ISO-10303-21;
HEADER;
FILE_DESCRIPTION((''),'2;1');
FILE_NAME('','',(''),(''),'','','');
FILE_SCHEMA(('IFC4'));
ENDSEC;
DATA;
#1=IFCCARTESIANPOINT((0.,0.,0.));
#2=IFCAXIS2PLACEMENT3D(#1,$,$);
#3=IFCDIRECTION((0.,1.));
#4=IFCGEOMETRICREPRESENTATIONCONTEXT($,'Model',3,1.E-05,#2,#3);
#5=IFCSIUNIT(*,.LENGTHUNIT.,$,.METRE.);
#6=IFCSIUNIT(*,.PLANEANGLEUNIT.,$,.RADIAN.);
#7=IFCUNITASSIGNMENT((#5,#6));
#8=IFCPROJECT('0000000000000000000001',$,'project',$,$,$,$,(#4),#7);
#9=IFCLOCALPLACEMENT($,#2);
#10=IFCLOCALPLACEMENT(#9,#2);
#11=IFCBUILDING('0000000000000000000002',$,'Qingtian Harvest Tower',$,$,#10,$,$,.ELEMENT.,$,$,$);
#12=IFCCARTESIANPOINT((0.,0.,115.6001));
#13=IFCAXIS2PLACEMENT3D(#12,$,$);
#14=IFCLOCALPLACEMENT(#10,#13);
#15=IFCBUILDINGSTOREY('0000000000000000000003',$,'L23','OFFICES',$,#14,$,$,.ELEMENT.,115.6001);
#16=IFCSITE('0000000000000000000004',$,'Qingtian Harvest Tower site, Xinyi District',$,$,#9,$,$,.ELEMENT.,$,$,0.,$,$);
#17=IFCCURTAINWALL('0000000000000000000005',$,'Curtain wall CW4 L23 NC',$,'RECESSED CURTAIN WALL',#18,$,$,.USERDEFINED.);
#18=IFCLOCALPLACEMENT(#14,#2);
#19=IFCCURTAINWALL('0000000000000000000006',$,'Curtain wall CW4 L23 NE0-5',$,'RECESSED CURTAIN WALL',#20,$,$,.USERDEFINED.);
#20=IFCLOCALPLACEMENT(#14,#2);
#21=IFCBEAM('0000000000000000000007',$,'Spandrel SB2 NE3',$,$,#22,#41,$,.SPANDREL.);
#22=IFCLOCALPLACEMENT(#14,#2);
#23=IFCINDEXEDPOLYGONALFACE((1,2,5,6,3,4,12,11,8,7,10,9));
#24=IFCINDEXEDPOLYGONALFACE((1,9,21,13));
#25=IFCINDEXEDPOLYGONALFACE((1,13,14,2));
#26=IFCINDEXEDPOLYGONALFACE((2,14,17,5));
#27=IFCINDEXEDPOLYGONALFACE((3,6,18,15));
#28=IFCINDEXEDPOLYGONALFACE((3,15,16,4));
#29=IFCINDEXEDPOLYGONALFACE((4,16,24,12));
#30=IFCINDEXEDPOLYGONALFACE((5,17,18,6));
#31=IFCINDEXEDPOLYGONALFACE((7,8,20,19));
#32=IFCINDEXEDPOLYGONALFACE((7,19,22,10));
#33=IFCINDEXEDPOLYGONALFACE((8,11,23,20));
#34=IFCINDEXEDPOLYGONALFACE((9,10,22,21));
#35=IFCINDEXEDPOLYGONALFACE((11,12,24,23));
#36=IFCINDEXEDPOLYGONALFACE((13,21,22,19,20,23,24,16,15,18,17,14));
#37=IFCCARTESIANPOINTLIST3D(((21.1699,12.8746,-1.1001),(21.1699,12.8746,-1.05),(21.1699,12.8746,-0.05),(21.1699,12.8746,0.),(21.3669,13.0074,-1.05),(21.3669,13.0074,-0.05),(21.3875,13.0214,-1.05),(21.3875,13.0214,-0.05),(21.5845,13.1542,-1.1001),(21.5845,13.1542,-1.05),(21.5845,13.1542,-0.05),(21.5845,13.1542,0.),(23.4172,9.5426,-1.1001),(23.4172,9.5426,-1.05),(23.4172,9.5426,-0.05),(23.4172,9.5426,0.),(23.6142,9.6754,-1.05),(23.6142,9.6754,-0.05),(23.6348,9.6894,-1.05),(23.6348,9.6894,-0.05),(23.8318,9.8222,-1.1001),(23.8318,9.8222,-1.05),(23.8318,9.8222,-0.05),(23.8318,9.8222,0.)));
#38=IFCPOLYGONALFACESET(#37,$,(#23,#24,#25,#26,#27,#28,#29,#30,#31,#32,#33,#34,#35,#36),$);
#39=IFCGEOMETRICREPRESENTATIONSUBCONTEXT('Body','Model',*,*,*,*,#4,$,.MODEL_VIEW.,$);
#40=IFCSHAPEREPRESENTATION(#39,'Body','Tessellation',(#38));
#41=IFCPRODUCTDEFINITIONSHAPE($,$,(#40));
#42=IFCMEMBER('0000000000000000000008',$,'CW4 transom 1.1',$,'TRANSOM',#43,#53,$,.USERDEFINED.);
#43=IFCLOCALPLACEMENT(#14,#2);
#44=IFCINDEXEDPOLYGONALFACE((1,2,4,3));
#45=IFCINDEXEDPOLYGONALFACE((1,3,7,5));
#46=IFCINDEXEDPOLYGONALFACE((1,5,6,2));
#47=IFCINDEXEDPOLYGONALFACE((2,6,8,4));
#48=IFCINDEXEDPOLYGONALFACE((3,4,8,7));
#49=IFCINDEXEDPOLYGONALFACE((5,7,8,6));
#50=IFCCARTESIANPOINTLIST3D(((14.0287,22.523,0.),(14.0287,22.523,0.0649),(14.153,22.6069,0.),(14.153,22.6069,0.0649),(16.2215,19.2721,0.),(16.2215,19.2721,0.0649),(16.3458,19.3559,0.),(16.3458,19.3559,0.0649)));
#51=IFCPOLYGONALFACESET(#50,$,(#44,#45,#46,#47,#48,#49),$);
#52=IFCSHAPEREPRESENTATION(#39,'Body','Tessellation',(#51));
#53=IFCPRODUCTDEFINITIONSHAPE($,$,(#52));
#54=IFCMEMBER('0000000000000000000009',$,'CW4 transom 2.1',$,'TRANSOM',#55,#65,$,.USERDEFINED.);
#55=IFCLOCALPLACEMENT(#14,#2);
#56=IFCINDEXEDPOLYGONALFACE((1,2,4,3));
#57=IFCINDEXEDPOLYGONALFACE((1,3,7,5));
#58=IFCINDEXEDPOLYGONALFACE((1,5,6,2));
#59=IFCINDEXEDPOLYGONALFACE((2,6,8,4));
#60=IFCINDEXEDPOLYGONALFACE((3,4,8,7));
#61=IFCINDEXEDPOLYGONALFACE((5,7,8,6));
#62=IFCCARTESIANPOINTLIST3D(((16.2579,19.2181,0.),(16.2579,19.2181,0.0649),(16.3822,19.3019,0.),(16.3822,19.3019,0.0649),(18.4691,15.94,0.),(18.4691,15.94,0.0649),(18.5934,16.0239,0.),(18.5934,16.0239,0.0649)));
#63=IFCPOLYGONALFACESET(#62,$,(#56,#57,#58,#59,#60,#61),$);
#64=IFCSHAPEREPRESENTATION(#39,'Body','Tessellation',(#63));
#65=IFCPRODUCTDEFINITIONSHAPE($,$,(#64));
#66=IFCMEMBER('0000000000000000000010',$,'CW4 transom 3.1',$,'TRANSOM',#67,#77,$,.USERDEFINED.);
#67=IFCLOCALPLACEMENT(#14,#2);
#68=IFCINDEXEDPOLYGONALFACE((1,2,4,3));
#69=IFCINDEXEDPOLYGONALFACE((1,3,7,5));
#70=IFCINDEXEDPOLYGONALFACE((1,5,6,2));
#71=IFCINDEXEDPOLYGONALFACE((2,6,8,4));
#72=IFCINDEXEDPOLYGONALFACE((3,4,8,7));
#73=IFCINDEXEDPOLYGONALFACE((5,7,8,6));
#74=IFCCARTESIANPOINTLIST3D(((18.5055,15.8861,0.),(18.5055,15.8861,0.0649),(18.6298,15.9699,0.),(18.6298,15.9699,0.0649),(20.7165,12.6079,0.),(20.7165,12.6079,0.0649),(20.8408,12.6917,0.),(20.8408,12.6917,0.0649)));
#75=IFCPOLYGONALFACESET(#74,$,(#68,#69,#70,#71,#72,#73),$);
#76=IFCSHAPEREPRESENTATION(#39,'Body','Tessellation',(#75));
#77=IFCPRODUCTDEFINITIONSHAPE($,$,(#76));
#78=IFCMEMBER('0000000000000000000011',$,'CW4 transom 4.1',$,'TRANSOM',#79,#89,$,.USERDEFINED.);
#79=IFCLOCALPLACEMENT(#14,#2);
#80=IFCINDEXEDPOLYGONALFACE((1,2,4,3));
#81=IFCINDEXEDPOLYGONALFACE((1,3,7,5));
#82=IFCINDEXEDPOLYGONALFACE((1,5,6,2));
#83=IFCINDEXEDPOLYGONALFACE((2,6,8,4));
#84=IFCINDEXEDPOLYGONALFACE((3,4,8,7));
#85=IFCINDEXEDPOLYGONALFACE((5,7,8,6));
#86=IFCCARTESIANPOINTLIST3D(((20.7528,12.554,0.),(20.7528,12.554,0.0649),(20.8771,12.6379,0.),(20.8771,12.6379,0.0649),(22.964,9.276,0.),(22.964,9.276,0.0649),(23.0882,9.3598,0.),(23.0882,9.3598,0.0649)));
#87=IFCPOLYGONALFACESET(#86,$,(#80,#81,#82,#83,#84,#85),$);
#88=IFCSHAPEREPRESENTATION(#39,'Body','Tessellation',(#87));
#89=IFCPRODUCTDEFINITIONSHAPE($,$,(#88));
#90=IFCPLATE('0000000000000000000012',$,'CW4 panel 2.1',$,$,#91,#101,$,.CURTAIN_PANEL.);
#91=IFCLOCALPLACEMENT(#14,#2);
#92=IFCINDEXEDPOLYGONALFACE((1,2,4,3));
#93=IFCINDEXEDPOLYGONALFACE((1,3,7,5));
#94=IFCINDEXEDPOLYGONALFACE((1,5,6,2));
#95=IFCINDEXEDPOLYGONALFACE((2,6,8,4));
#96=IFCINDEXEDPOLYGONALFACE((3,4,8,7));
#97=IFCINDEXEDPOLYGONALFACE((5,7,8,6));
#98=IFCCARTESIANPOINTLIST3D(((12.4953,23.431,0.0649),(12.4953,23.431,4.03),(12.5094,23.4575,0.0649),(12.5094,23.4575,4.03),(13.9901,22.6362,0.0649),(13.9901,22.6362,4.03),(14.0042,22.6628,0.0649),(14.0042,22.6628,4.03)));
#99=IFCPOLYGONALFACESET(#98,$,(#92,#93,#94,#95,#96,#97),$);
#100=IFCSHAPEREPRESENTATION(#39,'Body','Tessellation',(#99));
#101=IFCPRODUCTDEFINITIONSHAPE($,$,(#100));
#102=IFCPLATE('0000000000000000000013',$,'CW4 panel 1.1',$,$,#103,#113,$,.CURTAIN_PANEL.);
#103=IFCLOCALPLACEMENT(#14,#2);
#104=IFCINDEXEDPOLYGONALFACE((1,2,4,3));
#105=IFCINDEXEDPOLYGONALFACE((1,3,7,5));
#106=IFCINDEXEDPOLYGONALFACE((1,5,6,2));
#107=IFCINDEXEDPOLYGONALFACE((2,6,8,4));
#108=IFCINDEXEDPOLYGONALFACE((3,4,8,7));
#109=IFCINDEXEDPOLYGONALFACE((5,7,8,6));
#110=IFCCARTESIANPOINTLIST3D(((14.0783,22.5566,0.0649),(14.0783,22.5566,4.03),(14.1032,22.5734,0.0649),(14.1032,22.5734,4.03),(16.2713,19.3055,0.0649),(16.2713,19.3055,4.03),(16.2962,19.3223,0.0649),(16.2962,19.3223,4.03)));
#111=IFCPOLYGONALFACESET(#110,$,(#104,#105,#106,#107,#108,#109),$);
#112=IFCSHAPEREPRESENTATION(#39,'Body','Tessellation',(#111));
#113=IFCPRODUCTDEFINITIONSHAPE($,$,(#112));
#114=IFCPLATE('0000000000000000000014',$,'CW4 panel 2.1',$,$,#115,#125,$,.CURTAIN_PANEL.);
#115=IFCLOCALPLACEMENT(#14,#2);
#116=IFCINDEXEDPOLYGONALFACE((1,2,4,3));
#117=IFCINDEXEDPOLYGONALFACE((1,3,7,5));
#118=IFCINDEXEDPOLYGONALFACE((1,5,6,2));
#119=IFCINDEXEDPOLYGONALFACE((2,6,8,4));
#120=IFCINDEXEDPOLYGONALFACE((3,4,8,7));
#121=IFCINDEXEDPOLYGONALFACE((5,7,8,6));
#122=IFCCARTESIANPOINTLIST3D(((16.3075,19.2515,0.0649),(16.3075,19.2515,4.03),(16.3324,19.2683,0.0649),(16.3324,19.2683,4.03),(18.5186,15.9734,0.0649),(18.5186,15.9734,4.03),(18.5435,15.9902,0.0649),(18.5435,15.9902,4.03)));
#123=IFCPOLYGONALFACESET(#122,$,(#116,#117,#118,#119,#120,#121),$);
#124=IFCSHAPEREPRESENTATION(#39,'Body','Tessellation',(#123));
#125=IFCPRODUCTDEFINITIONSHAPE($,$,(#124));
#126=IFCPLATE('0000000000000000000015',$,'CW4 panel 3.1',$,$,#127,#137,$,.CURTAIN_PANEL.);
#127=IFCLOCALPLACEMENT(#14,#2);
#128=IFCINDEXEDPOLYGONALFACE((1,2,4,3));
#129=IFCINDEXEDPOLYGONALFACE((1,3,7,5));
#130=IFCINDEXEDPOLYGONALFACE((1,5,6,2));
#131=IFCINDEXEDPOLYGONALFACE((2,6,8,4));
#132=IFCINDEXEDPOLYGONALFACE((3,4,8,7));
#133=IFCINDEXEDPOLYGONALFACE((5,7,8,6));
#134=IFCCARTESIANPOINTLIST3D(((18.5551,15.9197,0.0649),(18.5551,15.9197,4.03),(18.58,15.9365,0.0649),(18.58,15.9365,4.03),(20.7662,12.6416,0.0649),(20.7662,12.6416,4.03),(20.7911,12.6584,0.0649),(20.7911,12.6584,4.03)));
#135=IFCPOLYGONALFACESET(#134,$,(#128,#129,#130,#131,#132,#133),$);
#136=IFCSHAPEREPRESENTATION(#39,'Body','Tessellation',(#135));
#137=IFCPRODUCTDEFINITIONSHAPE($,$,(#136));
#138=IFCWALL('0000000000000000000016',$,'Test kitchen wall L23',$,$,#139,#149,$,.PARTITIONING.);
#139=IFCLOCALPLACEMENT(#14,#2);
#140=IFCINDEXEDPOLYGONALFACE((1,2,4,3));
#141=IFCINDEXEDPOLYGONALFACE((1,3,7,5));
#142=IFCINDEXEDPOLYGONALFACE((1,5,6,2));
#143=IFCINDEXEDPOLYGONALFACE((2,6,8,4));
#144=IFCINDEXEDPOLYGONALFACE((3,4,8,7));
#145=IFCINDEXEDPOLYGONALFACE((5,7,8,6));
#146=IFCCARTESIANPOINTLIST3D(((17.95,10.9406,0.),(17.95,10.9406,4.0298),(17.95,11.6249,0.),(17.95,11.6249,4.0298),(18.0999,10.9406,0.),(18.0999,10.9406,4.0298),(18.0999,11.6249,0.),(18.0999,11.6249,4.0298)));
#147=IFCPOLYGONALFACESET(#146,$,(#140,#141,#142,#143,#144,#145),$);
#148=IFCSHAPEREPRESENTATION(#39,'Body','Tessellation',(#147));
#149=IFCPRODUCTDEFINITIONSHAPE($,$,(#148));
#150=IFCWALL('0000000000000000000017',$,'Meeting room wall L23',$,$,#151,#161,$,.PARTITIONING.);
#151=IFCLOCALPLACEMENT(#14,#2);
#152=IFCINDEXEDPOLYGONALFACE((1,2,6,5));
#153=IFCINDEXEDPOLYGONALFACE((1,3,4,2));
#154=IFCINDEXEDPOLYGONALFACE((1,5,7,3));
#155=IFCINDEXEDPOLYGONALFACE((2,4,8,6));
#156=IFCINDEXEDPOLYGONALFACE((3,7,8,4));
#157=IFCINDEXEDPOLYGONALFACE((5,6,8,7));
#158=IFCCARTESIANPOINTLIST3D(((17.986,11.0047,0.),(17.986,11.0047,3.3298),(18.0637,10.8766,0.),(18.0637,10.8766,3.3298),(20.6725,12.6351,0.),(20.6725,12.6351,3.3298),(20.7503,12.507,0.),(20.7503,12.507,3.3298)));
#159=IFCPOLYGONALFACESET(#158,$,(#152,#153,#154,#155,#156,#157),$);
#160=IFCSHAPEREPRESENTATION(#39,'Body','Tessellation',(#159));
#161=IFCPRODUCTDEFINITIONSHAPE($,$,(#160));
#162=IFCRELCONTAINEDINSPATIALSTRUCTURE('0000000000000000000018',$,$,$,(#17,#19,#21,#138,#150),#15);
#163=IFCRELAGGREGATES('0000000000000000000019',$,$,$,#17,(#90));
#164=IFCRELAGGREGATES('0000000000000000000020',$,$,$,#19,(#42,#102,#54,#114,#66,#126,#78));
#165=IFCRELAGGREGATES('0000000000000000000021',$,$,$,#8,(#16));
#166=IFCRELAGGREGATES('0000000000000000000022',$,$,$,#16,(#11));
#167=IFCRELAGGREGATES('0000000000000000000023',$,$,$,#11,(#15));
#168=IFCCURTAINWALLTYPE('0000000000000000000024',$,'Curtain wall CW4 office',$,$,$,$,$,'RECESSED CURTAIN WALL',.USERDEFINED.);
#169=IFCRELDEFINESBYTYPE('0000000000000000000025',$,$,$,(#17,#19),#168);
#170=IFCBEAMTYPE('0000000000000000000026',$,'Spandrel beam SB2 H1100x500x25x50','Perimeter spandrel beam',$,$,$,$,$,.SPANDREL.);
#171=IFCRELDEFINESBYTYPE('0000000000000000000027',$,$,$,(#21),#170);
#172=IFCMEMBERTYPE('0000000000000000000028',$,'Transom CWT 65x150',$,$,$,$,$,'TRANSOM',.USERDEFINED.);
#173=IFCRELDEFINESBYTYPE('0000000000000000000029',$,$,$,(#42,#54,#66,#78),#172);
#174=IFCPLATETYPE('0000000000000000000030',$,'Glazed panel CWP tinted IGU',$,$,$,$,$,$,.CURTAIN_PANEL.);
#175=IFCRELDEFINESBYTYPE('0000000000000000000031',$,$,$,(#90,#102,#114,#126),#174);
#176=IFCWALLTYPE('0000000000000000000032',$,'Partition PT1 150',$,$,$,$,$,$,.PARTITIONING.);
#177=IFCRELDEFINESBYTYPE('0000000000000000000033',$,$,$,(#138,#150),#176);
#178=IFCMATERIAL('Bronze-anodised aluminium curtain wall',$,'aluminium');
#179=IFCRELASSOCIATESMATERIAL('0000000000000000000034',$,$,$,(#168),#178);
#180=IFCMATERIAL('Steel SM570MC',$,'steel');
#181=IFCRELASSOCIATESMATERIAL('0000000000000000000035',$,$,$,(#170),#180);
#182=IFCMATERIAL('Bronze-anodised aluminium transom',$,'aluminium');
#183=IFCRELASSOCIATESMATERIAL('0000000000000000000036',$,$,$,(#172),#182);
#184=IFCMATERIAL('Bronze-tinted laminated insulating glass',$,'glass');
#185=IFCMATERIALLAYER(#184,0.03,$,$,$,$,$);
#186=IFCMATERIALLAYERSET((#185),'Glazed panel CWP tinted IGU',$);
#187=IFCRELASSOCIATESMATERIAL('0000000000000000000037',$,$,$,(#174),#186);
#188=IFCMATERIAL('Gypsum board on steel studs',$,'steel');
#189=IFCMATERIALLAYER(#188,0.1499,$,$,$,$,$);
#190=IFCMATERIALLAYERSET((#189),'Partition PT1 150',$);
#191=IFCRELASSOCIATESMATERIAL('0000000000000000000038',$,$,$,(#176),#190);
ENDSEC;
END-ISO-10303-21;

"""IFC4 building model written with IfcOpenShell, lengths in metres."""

from ifc_helpers import new_model, si_unit, direction, frame, frame_2d, origin, origin_2d, place, context, subcontext, project, spatial, rectangle, i_section, extrude, material, layer, layer_set, material_profile, profile_set, type_object, element, aggregate, save


model = new_model("IFC4")

# Units and contexts
model_context = context("Model", 3, precision=1e-05, world=origin(), true_north=direction((0.0, 1.0)))
body_context = subcontext(model_context, "Body", "Model", "MODEL_VIEW")
ifc_project = project(units=[si_unit("LENGTHUNIT", "METRE"), si_unit("PLANEANGLEUNIT", "RADIAN")], contexts=[model_context])

# Site, building, storey
site_placement = place(None, origin())
site = spatial("IfcSite", under=ifc_project, at=site_placement, Name="Qingtian Harvest Tower site, Xinyi District", CompositionType="ELEMENT", RefElevation=0.0)
building_placement = place(site_placement, origin())
building = spatial("IfcBuilding", under=site, at=building_placement, Name="Qingtian Harvest Tower", CompositionType="ELEMENT")
storey_placement = place(building_placement, frame((0.0, 0.0, 115.6001)))
storey = spatial("IfcBuildingStorey", under=building, at=storey_placement, Name="L23", Description="OFFICES", CompositionType="ELEMENT", Elevation=115.6001)

# Curtain wall
ifc_material_1 = material(Name="Bronze-anodised aluminium curtain wall", Category="aluminium")
curtain_wall_type = type_object("IfcCurtainWallType", Name="Curtain wall CW4 office", ElementType="RECESSED CURTAIN WALL", PredefinedType="USERDEFINED", material=ifc_material_1)
curtain_wall_1_placement = place(storey_placement, origin())
curtain_wall_1 = element("IfcCurtainWall", 1, at=curtain_wall_1_placement, inside=storey, type_object=curtain_wall_type, Name="Curtain wall CW4 L23 NC", ObjectType="RECESSED CURTAIN WALL", PredefinedType="USERDEFINED")

# Curtain wall
curtain_wall_2_placement = place(storey_placement, origin())
curtain_wall_2 = element("IfcCurtainWall", 2, at=curtain_wall_2_placement, inside=storey, type_object=curtain_wall_type, Name="Curtain wall CW4 L23 NE0-5", ObjectType="RECESSED CURTAIN WALL", PredefinedType="USERDEFINED")

# Beam
ifc_material_2 = material(Name="Steel SM570MC", Category="steel")
ifc_material_profile_1 = material_profile(ifc_material_2, i_section(OverallWidth=0.5, OverallDepth=1.1001, WebThickness=0.0249, FlangeThickness=0.05, at=origin_2d()), Name="H1100x500x25x50")
ifc_profile_set_1 = profile_set([ifc_material_profile_1], Name="Steel SM570MC")
beam_type_1 = type_object("IfcBeamType", Name="Spandrel beam SB2 H1100x500x25x50", Description="Perimeter spandrel beam", PredefinedType="SPANDREL", material=ifc_profile_set_1)
beam_1_placement = place(storey_placement, frame((21.3772, 13.0144, -0.55), z_axis=(0.559164, -0.829057, 0.0), x_axis=(0.829057, 0.559164, 0.0)))
element("IfcBeam", 3, at=beam_1_placement, inside=storey, type_object=beam_type_1, Name="Spandrel SB2 NE3", PredefinedType="SPANDREL", context=body_context, shape_type="SweptSolid", body=[
    extrude(i_section(OverallWidth=0.5, OverallDepth=1.1001, WebThickness=0.0249, FlangeThickness=0.05, at=origin_2d()), origin(), (0.0, 0.0, 1.0), 4.019),
])

# Members
ifc_material_3 = material(Name="Bronze-anodised aluminium transom", Category="aluminium")
ifc_material_profile_2 = material_profile(ifc_material_3, rectangle(XDim=0.1499, YDim=0.0649, at=origin_2d()), Name="AL 65x150")
ifc_profile_set_2 = profile_set([ifc_material_profile_2], Name="Bronze-anodised aluminium transom")
member_type_1 = type_object("IfcMemberType", Name="Transom CWT 65x150", ElementType="TRANSOM", PredefinedType="USERDEFINED", material=ifc_profile_set_2)
member_1_placement = place(storey_placement, frame((14.0908, 22.5649, 0.0325), z_axis=(0.559203, -0.829031, 0.0), x_axis=(0.829031, 0.559203, 0.0)))
member_1 = element("IfcMember", 4, at=member_1_placement, type_object=member_type_1, Name="CW4 transom 1.1", ObjectType="TRANSOM", PredefinedType="USERDEFINED", context=body_context, shape_type="SweptSolid", body=[
    extrude(rectangle(XDim=0.1499, YDim=0.0649, at=origin_2d()), origin(), (0.0, 0.0, 1.0), 3.9214),
])
member_2_placement = place(storey_placement, frame((16.3201, 19.26, 0.0325), z_axis=(0.559209, -0.829027, 0.0), x_axis=(0.829027, 0.559209, 0.0)))
member_2 = element("IfcMember", 5, at=member_2_placement, type_object=member_type_1, Name="CW4 transom 2.1", ObjectType="TRANSOM", PredefinedType="USERDEFINED", context=body_context, shape_type="SweptSolid", body=[
    extrude(rectangle(XDim=0.1499, YDim=0.0649, at=origin_2d()), origin(), (0.0, 0.0, 1.0), 3.9541),
])
member_3_placement = place(storey_placement, frame((18.5676, 15.928, 0.0325), z_axis=(0.559166, -0.829055, 0.0), x_axis=(0.829055, 0.559166, 0.0)))
member_3 = element("IfcMember", 6, at=member_3_placement, type_object=member_type_1, Name="CW4 transom 3.1", ObjectType="TRANSOM", PredefinedType="USERDEFINED", context=body_context, shape_type="SweptSolid", body=[
    extrude(rectangle(XDim=0.1499, YDim=0.0649, at=origin_2d()), origin(), (0.0, 0.0, 1.0), 3.9541),
])
member_4_placement = place(storey_placement, frame((20.8149, 12.5959, 0.0325), z_axis=(0.559209, -0.829027, 0.0), x_axis=(0.829027, 0.559209, 0.0)))
member_4 = element("IfcMember", 7, at=member_4_placement, type_object=member_type_1, Name="CW4 transom 4.1", ObjectType="TRANSOM", PredefinedType="USERDEFINED", context=body_context, shape_type="SweptSolid", body=[
    extrude(rectangle(XDim=0.1499, YDim=0.0649, at=origin_2d()), origin(), (0.0, 0.0, 1.0), 3.9541),
])

# Plates
ifc_material_4 = material(Name="Bronze-tinted laminated insulating glass", Category="glass")
ifc_layer_1 = layer(ifc_material_4, 0.03)
ifc_layer_set_1 = layer_set([ifc_layer_1], Name="Glazed panel CWP tinted IGU")
plate_type = type_object("IfcPlateType", Name="Glazed panel CWP tinted IGU", PredefinedType="CURTAIN_PANEL", material=ifc_layer_set_1)
plate_1_placement = place(storey_placement, frame((13.2498, 23.0469, 0.0649), z_axis=(0.0, 0.0, 1.0), x_axis=(0.882948, -0.469472, 0.0)))
plate_1 = element("IfcPlate", 8, at=plate_1_placement, type_object=plate_type, Name="CW4 panel 2.1", PredefinedType="CURTAIN_PANEL", context=body_context, shape_type="SweptSolid", body=[
    extrude(rectangle(XDim=1.6929, YDim=0.03, at=origin_2d()), origin(), (0.0, 0.0, 1.0), 3.9651),
])
aggregate(curtain_wall_1, [plate_1])
plate_2_placement = place(storey_placement, frame((15.1873, 20.9395, 0.0649), z_axis=(0.0, 0.0, 1.0), x_axis=(0.559193, -0.829038, 0.0)))
plate_2 = element("IfcPlate", 9, at=plate_2_placement, type_object=plate_type, Name="CW4 panel 1.1", PredefinedType="CURTAIN_PANEL", context=body_context, shape_type="SweptSolid", body=[
    extrude(rectangle(XDim=3.9216, YDim=0.03, at=origin_2d()), origin(), (0.0, 0.0, 1.0), 3.9651),
])
plate_3_placement = place(storey_placement, frame((17.4255, 17.6208, 0.0649), z_axis=(0.0, 0.0, 1.0), x_axis=(0.559193, -0.829038, 0.0)))
plate_3 = element("IfcPlate", 10, at=plate_3_placement, type_object=plate_type, Name="CW4 panel 2.1", PredefinedType="CURTAIN_PANEL", context=body_context, shape_type="SweptSolid", body=[
    extrude(rectangle(XDim=3.9541, YDim=0.03, at=origin_2d()), origin(), (0.0, 0.0, 1.0), 3.9651),
])
plate_4_placement = place(storey_placement, frame((19.6731, 14.2891, 0.0649), z_axis=(0.0, 0.0, 1.0), x_axis=(0.559193, -0.829038, 0.0)))
plate_4 = element("IfcPlate", 11, at=plate_4_placement, type_object=plate_type, Name="CW4 panel 3.1", PredefinedType="CURTAIN_PANEL", context=body_context, shape_type="SweptSolid", body=[
    extrude(rectangle(XDim=3.9541, YDim=0.03, at=origin_2d()), origin(), (0.0, 0.0, 1.0), 3.9651),
])
aggregate(curtain_wall_2, [member_1, plate_2, member_2, plate_3, member_3, plate_4, member_4])

# Walls
ifc_material_5 = material(Name="Gypsum board on steel studs", Category="steel")
ifc_layer_2 = layer(ifc_material_5, 0.1499)
ifc_layer_set_2 = layer_set([ifc_layer_2], Name="Partition PT1 150")
wall_type = type_object("IfcWallType", Name="Partition PT1 150", PredefinedType="PARTITIONING", material=ifc_layer_set_2)
wall_1_placement = place(storey_placement, frame((18.0249, 11.625, 0.0), z_axis=(0.0, 0.0, 1.0), x_axis=(0.0, -1.0, 0.0)))
element("IfcWall", 12, at=wall_1_placement, inside=storey, type_object=wall_type, Name="Test kitchen wall L23", PredefinedType="PARTITIONING", context=body_context, shape_type="SweptSolid", body=[
    extrude(rectangle(XDim=0.6843, YDim=0.1499, at=frame_2d((0.3423, 0.0))), origin(), (0.0, 0.0, 1.0), 4.0298),
])
wall_2_placement = place(storey_placement, frame((20.7114, 12.571, 0.0), z_axis=(0.0, 0.0, 1.0), x_axis=(-0.854891, -0.518808, 0.0)))
element("IfcWall", 13, at=wall_2_placement, inside=storey, type_object=wall_type, Name="Meeting room wall L23", PredefinedType="PARTITIONING", context=body_context, shape_type="SweptSolid", body=[
    extrude(rectangle(XDim=3.1426, YDim=0.1499, at=frame_2d((1.5713, 0.0))), origin(), (0.0, 0.0, 1.0), 3.3298),
])

save(model, "model.ifc")
